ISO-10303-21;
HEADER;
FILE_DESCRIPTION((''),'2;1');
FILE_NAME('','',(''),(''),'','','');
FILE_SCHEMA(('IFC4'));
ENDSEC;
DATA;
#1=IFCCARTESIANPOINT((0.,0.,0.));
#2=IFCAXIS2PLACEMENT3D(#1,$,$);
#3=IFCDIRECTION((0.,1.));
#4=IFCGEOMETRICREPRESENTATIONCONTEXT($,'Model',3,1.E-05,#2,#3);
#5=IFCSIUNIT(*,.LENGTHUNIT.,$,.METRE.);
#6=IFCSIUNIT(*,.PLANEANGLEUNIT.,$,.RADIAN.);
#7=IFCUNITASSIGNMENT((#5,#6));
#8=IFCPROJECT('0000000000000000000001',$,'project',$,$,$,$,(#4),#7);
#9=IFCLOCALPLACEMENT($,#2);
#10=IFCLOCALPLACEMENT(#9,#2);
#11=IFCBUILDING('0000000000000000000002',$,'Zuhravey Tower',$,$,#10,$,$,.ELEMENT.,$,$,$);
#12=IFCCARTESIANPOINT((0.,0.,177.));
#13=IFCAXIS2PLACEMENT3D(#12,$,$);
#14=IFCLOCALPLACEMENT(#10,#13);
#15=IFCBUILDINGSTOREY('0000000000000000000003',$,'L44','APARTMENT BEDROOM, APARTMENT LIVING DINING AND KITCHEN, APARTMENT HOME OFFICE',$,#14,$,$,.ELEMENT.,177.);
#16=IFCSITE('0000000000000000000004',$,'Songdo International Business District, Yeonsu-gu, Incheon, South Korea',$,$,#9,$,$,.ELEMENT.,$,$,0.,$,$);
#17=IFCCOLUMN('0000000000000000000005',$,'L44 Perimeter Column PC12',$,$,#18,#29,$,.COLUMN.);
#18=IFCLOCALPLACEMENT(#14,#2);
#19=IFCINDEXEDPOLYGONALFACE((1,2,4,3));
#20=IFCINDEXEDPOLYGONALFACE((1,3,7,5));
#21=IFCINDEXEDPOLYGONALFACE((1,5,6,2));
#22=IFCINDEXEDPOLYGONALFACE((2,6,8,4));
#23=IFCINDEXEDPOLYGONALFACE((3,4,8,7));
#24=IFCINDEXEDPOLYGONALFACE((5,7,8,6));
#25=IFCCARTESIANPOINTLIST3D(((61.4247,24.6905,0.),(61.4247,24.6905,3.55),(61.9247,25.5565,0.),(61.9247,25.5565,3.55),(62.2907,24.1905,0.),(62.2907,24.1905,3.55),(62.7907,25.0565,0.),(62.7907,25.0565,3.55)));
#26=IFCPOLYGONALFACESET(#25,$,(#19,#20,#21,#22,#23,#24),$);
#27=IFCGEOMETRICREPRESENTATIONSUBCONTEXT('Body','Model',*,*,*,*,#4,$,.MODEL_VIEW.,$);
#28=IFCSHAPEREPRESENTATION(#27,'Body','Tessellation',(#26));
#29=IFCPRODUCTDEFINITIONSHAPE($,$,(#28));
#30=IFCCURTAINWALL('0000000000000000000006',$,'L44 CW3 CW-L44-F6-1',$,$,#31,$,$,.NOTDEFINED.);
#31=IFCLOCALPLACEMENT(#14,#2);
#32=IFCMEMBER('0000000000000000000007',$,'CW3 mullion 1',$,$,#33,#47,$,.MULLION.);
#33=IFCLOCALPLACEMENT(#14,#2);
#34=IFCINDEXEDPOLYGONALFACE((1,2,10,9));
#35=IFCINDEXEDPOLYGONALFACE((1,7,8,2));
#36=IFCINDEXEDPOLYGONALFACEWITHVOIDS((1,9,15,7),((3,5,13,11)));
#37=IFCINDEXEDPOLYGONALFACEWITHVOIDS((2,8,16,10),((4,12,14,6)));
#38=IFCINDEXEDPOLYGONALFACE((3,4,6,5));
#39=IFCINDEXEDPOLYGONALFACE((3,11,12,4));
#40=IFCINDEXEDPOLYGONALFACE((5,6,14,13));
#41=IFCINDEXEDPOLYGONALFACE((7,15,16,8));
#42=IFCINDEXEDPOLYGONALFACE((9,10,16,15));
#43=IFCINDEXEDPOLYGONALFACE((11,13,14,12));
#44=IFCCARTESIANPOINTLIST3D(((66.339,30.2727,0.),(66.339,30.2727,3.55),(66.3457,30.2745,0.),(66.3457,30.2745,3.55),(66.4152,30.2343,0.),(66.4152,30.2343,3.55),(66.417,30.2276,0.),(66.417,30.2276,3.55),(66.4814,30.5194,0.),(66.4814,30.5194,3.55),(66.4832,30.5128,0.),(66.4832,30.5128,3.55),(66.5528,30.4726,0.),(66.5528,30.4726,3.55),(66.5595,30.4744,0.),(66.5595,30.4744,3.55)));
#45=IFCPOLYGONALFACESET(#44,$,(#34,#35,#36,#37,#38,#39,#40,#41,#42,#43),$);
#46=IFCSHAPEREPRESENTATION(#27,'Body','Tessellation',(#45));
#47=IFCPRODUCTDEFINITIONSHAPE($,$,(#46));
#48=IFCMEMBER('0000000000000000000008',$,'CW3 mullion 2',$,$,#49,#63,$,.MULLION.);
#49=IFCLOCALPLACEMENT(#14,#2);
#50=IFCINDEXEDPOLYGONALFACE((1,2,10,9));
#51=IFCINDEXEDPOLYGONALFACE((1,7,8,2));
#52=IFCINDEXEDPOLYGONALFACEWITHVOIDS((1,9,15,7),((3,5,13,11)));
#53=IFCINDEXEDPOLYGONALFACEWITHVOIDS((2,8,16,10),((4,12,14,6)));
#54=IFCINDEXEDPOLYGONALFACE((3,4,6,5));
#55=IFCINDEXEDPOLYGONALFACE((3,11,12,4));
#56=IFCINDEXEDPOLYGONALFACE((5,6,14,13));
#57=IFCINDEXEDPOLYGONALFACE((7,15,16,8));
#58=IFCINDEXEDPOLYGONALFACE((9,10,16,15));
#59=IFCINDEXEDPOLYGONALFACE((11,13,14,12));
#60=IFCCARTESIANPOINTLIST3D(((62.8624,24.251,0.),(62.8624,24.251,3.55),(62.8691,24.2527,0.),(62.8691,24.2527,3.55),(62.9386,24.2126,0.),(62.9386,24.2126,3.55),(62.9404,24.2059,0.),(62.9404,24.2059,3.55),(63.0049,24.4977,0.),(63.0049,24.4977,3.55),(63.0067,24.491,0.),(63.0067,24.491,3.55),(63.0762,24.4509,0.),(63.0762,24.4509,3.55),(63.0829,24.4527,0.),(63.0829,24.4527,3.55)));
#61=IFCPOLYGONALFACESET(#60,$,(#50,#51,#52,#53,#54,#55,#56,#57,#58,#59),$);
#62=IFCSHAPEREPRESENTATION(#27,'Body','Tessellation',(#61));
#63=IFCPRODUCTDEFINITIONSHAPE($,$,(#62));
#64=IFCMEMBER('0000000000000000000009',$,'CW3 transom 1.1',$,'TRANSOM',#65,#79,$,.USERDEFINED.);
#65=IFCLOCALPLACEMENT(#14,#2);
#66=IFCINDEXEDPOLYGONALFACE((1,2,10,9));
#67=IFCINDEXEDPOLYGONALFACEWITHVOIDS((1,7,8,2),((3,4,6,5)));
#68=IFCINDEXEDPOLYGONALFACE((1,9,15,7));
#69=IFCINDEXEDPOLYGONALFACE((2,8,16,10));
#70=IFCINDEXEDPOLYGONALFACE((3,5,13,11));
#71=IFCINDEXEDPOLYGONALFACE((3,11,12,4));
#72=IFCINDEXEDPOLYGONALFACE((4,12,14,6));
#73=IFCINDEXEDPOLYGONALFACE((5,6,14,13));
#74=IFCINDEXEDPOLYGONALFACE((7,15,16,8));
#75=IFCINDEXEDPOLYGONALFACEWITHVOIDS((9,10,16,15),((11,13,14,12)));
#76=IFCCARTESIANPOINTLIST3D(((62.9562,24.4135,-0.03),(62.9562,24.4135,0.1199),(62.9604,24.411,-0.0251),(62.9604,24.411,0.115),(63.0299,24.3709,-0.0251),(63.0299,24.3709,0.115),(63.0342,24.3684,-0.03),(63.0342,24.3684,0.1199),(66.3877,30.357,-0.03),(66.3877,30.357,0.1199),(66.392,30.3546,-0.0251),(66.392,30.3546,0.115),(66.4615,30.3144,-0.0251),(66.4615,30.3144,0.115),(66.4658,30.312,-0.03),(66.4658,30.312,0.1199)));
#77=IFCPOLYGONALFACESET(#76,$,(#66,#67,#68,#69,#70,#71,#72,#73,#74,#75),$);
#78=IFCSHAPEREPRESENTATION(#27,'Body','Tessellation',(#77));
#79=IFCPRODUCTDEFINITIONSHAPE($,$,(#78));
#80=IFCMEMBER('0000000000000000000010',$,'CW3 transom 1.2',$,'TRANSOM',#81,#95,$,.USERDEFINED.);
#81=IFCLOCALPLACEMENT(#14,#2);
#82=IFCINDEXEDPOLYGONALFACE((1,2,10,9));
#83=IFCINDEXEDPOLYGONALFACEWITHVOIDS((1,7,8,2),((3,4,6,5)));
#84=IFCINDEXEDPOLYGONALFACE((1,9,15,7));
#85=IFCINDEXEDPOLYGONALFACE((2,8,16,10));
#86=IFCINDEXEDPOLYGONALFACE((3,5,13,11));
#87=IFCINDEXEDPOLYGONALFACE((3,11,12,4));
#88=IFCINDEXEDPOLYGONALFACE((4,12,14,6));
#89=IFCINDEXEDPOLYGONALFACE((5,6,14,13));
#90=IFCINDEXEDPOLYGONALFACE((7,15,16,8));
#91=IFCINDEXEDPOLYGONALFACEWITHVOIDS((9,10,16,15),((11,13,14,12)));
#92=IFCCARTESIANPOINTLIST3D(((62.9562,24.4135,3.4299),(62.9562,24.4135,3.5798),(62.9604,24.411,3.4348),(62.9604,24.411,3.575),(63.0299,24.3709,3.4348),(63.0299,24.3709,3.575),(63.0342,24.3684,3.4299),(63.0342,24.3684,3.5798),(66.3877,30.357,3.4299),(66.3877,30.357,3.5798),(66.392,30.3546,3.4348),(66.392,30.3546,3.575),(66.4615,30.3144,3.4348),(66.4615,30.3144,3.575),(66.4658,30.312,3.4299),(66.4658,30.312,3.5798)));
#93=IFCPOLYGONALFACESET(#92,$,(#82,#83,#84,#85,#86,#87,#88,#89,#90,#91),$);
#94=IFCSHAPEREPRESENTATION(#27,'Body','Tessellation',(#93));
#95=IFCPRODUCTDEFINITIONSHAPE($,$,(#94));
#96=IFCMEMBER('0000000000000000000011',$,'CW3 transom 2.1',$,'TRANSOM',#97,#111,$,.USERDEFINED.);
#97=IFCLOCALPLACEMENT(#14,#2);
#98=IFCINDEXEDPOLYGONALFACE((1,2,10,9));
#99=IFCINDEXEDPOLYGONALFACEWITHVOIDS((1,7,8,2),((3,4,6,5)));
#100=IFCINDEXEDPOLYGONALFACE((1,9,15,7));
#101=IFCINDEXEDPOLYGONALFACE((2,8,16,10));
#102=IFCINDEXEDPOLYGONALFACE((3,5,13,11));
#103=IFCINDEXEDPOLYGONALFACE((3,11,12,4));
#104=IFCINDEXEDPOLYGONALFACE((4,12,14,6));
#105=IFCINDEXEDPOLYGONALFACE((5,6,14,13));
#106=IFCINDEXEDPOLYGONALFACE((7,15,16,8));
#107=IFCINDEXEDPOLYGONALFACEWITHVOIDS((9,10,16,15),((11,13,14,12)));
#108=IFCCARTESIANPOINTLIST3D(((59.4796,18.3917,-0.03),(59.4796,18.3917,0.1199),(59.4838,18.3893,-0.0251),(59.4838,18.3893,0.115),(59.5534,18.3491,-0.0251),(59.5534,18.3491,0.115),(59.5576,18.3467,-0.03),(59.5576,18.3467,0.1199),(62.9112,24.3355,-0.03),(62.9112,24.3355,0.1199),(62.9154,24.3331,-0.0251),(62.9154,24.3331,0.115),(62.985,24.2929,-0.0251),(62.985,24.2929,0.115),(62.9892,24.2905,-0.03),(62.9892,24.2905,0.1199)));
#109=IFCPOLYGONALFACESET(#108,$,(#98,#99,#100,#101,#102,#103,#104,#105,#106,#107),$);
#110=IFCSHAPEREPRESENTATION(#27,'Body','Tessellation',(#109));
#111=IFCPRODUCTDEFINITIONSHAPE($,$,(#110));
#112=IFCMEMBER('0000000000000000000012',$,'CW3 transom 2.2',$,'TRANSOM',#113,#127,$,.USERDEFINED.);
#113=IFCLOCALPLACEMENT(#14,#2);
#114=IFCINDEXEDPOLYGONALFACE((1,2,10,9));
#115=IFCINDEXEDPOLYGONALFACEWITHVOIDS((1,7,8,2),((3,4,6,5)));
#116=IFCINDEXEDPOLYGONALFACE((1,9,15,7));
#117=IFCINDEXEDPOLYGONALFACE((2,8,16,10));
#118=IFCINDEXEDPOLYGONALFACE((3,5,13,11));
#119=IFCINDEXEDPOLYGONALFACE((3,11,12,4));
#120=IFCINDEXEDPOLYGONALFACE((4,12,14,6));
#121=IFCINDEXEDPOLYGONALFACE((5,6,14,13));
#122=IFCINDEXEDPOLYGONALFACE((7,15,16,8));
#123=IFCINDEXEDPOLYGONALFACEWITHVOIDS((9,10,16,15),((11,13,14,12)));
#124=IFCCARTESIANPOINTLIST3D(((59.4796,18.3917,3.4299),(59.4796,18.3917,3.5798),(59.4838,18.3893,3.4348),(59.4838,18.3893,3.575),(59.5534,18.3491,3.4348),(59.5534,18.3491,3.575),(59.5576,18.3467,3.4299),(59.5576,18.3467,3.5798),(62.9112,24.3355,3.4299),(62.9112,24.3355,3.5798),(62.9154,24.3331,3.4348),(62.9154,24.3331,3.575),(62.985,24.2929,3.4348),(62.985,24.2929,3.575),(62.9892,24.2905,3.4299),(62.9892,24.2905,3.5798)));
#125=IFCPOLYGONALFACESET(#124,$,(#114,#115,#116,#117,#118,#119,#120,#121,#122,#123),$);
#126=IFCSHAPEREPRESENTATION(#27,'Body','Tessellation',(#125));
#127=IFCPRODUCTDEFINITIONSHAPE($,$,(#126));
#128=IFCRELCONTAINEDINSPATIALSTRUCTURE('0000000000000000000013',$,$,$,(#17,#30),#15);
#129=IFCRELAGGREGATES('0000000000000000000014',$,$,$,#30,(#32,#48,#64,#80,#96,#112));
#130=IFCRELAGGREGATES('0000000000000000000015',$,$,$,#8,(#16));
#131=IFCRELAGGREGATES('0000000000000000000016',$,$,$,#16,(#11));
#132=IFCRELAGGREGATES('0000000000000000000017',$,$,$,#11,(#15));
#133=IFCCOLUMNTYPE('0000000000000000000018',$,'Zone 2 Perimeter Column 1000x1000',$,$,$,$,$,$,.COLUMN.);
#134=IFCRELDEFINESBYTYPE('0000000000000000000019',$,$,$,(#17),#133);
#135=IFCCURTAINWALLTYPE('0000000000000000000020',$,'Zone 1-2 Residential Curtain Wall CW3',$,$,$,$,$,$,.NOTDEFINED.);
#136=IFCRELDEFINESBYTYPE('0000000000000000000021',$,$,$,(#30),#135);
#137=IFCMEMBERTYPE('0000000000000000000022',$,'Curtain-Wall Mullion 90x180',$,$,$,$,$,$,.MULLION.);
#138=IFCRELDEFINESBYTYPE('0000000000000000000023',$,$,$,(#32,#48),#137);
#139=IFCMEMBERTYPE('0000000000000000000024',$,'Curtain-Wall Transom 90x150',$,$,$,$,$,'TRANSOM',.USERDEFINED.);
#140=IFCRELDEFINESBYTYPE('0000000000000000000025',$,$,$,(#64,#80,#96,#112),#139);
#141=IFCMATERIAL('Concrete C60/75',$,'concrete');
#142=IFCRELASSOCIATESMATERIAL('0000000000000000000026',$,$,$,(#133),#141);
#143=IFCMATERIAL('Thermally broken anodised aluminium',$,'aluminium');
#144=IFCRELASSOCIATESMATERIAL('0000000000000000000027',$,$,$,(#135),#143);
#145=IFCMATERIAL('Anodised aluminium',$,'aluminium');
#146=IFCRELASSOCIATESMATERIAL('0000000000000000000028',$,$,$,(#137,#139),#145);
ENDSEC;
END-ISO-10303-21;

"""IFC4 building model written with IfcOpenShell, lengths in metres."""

from ifc_helpers import new_model, si_unit, direction, frame, origin, origin_2d, place, context, subcontext, project, spatial, rectangle, hollow_rectangle, extrude, material, material_profile, profile_set, type_object, element, aggregate, save


model = new_model("IFC4")

# Units and contexts
model_context = context("Model", 3, precision=1e-05, world=origin(), true_north=direction((0.0, 1.0)))
body_context = subcontext(model_context, "Body", "Model", "MODEL_VIEW")
ifc_project = project(units=[si_unit("LENGTHUNIT", "METRE"), si_unit("PLANEANGLEUNIT", "RADIAN")], contexts=[model_context])

# Site, building, storey
site_placement = place(None, origin())
site = spatial("IfcSite", under=ifc_project, at=site_placement, Name="Songdo International Business District, Yeonsu-gu, Incheon, South Korea", CompositionType="ELEMENT", RefElevation=0.0)
building_placement = place(site_placement, origin())
building = spatial("IfcBuilding", under=site, at=building_placement, Name="Zuhravey Tower", CompositionType="ELEMENT")
storey_placement = place(building_placement, frame((0.0, 0.0, 177.0)))
storey = spatial("IfcBuildingStorey", under=building, at=storey_placement, Name="L44", Description="APARTMENT BEDROOM, APARTMENT LIVING DINING AND KITCHEN, APARTMENT HOME OFFICE", CompositionType="ELEMENT", Elevation=177.0)

# Column
ifc_material_1 = material(Name="Concrete C60/75", Category="concrete")
ifc_material_profile_1 = material_profile(ifc_material_1, rectangle(XDim=1.0, YDim=1.0, at=origin_2d()), Name="RC-1000x1000")
ifc_profile_set_1 = profile_set([ifc_material_profile_1], Name="Concrete C60/75")
column_type = type_object("IfcColumnType", Name="Zone 2 Perimeter Column 1000x1000", PredefinedType="COLUMN", material=ifc_profile_set_1)
column_placement = place(storey_placement, frame((62.1077, 24.8735, 0.0), z_axis=(0.0, 0.0, 1.0), x_axis=(0.5, 0.866025, 0.0)))
element("IfcColumn", 1, at=column_placement, inside=storey, type_object=column_type, Name="L44 Perimeter Column PC12", PredefinedType="COLUMN", context=body_context, shape_type="SweptSolid", body=[
    extrude(rectangle(XDim=1.0, YDim=1.0, at=origin_2d()), origin(), (0.0, 0.0, 1.0), 3.55),
])

# Curtain wall, members
ifc_material_2 = material(Name="Thermally broken anodised aluminium", Category="aluminium")
curtain_wall_type = type_object("IfcCurtainWallType", Name="Zone 1-2 Residential Curtain Wall CW3", PredefinedType="NOTDEFINED", material=ifc_material_2)
curtain_wall_placement = place(storey_placement, origin())
curtain_wall = element("IfcCurtainWall", 2, at=curtain_wall_placement, inside=storey, type_object=curtain_wall_type, Name="L44 CW3 CW-L44-F6-1", PredefinedType="NOTDEFINED")
ifc_material_3 = material(Name="Anodised aluminium", Category="aluminium")
ifc_material_profile_2 = material_profile(ifc_material_3, hollow_rectangle(XDim=0.0901, YDim=0.2849, WallThickness=0.0049, at=origin_2d()), Name="ALU-RHS-90x285x5")
ifc_profile_set_2 = profile_set([ifc_material_profile_2], Name="Anodised aluminium")
member_type_1 = type_object("IfcMemberType", Name="Curtain-Wall Mullion 90x180", PredefinedType="MULLION", material=ifc_profile_set_2)
member_1_placement = place(storey_placement, frame((66.4492, 30.3735, 0.0), z_axis=(0.0, 0.0, 1.0), x_axis=(0.866023, -0.500003, 0.0)))
member_1 = element("IfcMember", 3, at=member_1_placement, type_object=member_type_1, Name="CW3 mullion 1", PredefinedType="MULLION", context=body_context, shape_type="SweptSolid", body=[
    extrude(hollow_rectangle(XDim=0.0901, YDim=0.2849, WallThickness=0.0049, at=origin_2d()), origin(), (0.0, 0.0, 1.0), 3.55),
])
member_2_placement = place(storey_placement, frame((62.9727, 24.3518, 0.0), z_axis=(0.0, 0.0, 1.0), x_axis=(0.866023, -0.500003, 0.0)))
member_2 = element("IfcMember", 4, at=member_2_placement, type_object=member_type_1, Name="CW3 mullion 2", PredefinedType="MULLION", context=body_context, shape_type="SweptSolid", body=[
    extrude(hollow_rectangle(XDim=0.0901, YDim=0.2849, WallThickness=0.0049, at=origin_2d()), origin(), (0.0, 0.0, 1.0), 3.55),
])
ifc_material_profile_3 = material_profile(ifc_material_3, hollow_rectangle(XDim=0.0901, YDim=0.1499, WallThickness=0.0049, at=origin_2d()), Name="ALU-RHS-90x150x5")
ifc_profile_set_3 = profile_set([ifc_material_profile_3], Name="Anodised aluminium")
member_type_2 = type_object("IfcMemberType", Name="Curtain-Wall Transom 90x150", ElementType="TRANSOM", PredefinedType="USERDEFINED", material=ifc_profile_set_3)
member_3_placement = place(storey_placement, frame((66.4268, 30.3345, 0.0449), z_axis=(-0.500011, -0.866019, 0.0), x_axis=(0.866019, -0.500011, 0.0)))
member_3 = element("IfcMember", 5, at=member_3_placement, type_object=member_type_2, Name="CW3 transom 1.1", ObjectType="TRANSOM", PredefinedType="USERDEFINED", context=body_context, shape_type="SweptSolid", body=[
    extrude(hollow_rectangle(XDim=0.0901, YDim=0.1499, WallThickness=0.0049, at=origin_2d()), origin(), (0.0, 0.0, 1.0), 6.863),
])
member_4_placement = place(storey_placement, frame((66.4268, 30.3345, 3.5049), z_axis=(-0.500011, -0.866019, 0.0), x_axis=(0.866019, -0.500011, 0.0)))
member_4 = element("IfcMember", 6, at=member_4_placement, type_object=member_type_2, Name="CW3 transom 1.2", ObjectType="TRANSOM", PredefinedType="USERDEFINED", context=body_context, shape_type="SweptSolid", body=[
    extrude(hollow_rectangle(XDim=0.0901, YDim=0.1499, WallThickness=0.0049, at=origin_2d()), origin(), (0.0, 0.0, 1.0), 6.863),
])
member_5_placement = place(storey_placement, frame((62.9502, 24.313, 0.0449), z_axis=(-0.499995, -0.866028, 0.0), x_axis=(0.866028, -0.499995, 0.0)))
member_5 = element("IfcMember", 7, at=member_5_placement, type_object=member_type_2, Name="CW3 transom 2.1", ObjectType="TRANSOM", PredefinedType="USERDEFINED", context=body_context, shape_type="SweptSolid", body=[
    extrude(hollow_rectangle(XDim=0.0901, YDim=0.1499, WallThickness=0.0049, at=origin_2d()), origin(), (0.0, 0.0, 1.0), 6.8633),
])
member_6_placement = place(storey_placement, frame((62.9502, 24.313, 3.5049), z_axis=(-0.499995, -0.866028, 0.0), x_axis=(0.866028, -0.499995, 0.0)))
member_6 = element("IfcMember", 8, at=member_6_placement, type_object=member_type_2, Name="CW3 transom 2.2", ObjectType="TRANSOM", PredefinedType="USERDEFINED", context=body_context, shape_type="SweptSolid", body=[
    extrude(hollow_rectangle(XDim=0.0901, YDim=0.1499, WallThickness=0.0049, at=origin_2d()), origin(), (0.0, 0.0, 1.0), 6.8633),
])

aggregate(curtain_wall, [member_1, member_2, member_3, member_4, member_5, member_6])

save(model, "model.ifc")
